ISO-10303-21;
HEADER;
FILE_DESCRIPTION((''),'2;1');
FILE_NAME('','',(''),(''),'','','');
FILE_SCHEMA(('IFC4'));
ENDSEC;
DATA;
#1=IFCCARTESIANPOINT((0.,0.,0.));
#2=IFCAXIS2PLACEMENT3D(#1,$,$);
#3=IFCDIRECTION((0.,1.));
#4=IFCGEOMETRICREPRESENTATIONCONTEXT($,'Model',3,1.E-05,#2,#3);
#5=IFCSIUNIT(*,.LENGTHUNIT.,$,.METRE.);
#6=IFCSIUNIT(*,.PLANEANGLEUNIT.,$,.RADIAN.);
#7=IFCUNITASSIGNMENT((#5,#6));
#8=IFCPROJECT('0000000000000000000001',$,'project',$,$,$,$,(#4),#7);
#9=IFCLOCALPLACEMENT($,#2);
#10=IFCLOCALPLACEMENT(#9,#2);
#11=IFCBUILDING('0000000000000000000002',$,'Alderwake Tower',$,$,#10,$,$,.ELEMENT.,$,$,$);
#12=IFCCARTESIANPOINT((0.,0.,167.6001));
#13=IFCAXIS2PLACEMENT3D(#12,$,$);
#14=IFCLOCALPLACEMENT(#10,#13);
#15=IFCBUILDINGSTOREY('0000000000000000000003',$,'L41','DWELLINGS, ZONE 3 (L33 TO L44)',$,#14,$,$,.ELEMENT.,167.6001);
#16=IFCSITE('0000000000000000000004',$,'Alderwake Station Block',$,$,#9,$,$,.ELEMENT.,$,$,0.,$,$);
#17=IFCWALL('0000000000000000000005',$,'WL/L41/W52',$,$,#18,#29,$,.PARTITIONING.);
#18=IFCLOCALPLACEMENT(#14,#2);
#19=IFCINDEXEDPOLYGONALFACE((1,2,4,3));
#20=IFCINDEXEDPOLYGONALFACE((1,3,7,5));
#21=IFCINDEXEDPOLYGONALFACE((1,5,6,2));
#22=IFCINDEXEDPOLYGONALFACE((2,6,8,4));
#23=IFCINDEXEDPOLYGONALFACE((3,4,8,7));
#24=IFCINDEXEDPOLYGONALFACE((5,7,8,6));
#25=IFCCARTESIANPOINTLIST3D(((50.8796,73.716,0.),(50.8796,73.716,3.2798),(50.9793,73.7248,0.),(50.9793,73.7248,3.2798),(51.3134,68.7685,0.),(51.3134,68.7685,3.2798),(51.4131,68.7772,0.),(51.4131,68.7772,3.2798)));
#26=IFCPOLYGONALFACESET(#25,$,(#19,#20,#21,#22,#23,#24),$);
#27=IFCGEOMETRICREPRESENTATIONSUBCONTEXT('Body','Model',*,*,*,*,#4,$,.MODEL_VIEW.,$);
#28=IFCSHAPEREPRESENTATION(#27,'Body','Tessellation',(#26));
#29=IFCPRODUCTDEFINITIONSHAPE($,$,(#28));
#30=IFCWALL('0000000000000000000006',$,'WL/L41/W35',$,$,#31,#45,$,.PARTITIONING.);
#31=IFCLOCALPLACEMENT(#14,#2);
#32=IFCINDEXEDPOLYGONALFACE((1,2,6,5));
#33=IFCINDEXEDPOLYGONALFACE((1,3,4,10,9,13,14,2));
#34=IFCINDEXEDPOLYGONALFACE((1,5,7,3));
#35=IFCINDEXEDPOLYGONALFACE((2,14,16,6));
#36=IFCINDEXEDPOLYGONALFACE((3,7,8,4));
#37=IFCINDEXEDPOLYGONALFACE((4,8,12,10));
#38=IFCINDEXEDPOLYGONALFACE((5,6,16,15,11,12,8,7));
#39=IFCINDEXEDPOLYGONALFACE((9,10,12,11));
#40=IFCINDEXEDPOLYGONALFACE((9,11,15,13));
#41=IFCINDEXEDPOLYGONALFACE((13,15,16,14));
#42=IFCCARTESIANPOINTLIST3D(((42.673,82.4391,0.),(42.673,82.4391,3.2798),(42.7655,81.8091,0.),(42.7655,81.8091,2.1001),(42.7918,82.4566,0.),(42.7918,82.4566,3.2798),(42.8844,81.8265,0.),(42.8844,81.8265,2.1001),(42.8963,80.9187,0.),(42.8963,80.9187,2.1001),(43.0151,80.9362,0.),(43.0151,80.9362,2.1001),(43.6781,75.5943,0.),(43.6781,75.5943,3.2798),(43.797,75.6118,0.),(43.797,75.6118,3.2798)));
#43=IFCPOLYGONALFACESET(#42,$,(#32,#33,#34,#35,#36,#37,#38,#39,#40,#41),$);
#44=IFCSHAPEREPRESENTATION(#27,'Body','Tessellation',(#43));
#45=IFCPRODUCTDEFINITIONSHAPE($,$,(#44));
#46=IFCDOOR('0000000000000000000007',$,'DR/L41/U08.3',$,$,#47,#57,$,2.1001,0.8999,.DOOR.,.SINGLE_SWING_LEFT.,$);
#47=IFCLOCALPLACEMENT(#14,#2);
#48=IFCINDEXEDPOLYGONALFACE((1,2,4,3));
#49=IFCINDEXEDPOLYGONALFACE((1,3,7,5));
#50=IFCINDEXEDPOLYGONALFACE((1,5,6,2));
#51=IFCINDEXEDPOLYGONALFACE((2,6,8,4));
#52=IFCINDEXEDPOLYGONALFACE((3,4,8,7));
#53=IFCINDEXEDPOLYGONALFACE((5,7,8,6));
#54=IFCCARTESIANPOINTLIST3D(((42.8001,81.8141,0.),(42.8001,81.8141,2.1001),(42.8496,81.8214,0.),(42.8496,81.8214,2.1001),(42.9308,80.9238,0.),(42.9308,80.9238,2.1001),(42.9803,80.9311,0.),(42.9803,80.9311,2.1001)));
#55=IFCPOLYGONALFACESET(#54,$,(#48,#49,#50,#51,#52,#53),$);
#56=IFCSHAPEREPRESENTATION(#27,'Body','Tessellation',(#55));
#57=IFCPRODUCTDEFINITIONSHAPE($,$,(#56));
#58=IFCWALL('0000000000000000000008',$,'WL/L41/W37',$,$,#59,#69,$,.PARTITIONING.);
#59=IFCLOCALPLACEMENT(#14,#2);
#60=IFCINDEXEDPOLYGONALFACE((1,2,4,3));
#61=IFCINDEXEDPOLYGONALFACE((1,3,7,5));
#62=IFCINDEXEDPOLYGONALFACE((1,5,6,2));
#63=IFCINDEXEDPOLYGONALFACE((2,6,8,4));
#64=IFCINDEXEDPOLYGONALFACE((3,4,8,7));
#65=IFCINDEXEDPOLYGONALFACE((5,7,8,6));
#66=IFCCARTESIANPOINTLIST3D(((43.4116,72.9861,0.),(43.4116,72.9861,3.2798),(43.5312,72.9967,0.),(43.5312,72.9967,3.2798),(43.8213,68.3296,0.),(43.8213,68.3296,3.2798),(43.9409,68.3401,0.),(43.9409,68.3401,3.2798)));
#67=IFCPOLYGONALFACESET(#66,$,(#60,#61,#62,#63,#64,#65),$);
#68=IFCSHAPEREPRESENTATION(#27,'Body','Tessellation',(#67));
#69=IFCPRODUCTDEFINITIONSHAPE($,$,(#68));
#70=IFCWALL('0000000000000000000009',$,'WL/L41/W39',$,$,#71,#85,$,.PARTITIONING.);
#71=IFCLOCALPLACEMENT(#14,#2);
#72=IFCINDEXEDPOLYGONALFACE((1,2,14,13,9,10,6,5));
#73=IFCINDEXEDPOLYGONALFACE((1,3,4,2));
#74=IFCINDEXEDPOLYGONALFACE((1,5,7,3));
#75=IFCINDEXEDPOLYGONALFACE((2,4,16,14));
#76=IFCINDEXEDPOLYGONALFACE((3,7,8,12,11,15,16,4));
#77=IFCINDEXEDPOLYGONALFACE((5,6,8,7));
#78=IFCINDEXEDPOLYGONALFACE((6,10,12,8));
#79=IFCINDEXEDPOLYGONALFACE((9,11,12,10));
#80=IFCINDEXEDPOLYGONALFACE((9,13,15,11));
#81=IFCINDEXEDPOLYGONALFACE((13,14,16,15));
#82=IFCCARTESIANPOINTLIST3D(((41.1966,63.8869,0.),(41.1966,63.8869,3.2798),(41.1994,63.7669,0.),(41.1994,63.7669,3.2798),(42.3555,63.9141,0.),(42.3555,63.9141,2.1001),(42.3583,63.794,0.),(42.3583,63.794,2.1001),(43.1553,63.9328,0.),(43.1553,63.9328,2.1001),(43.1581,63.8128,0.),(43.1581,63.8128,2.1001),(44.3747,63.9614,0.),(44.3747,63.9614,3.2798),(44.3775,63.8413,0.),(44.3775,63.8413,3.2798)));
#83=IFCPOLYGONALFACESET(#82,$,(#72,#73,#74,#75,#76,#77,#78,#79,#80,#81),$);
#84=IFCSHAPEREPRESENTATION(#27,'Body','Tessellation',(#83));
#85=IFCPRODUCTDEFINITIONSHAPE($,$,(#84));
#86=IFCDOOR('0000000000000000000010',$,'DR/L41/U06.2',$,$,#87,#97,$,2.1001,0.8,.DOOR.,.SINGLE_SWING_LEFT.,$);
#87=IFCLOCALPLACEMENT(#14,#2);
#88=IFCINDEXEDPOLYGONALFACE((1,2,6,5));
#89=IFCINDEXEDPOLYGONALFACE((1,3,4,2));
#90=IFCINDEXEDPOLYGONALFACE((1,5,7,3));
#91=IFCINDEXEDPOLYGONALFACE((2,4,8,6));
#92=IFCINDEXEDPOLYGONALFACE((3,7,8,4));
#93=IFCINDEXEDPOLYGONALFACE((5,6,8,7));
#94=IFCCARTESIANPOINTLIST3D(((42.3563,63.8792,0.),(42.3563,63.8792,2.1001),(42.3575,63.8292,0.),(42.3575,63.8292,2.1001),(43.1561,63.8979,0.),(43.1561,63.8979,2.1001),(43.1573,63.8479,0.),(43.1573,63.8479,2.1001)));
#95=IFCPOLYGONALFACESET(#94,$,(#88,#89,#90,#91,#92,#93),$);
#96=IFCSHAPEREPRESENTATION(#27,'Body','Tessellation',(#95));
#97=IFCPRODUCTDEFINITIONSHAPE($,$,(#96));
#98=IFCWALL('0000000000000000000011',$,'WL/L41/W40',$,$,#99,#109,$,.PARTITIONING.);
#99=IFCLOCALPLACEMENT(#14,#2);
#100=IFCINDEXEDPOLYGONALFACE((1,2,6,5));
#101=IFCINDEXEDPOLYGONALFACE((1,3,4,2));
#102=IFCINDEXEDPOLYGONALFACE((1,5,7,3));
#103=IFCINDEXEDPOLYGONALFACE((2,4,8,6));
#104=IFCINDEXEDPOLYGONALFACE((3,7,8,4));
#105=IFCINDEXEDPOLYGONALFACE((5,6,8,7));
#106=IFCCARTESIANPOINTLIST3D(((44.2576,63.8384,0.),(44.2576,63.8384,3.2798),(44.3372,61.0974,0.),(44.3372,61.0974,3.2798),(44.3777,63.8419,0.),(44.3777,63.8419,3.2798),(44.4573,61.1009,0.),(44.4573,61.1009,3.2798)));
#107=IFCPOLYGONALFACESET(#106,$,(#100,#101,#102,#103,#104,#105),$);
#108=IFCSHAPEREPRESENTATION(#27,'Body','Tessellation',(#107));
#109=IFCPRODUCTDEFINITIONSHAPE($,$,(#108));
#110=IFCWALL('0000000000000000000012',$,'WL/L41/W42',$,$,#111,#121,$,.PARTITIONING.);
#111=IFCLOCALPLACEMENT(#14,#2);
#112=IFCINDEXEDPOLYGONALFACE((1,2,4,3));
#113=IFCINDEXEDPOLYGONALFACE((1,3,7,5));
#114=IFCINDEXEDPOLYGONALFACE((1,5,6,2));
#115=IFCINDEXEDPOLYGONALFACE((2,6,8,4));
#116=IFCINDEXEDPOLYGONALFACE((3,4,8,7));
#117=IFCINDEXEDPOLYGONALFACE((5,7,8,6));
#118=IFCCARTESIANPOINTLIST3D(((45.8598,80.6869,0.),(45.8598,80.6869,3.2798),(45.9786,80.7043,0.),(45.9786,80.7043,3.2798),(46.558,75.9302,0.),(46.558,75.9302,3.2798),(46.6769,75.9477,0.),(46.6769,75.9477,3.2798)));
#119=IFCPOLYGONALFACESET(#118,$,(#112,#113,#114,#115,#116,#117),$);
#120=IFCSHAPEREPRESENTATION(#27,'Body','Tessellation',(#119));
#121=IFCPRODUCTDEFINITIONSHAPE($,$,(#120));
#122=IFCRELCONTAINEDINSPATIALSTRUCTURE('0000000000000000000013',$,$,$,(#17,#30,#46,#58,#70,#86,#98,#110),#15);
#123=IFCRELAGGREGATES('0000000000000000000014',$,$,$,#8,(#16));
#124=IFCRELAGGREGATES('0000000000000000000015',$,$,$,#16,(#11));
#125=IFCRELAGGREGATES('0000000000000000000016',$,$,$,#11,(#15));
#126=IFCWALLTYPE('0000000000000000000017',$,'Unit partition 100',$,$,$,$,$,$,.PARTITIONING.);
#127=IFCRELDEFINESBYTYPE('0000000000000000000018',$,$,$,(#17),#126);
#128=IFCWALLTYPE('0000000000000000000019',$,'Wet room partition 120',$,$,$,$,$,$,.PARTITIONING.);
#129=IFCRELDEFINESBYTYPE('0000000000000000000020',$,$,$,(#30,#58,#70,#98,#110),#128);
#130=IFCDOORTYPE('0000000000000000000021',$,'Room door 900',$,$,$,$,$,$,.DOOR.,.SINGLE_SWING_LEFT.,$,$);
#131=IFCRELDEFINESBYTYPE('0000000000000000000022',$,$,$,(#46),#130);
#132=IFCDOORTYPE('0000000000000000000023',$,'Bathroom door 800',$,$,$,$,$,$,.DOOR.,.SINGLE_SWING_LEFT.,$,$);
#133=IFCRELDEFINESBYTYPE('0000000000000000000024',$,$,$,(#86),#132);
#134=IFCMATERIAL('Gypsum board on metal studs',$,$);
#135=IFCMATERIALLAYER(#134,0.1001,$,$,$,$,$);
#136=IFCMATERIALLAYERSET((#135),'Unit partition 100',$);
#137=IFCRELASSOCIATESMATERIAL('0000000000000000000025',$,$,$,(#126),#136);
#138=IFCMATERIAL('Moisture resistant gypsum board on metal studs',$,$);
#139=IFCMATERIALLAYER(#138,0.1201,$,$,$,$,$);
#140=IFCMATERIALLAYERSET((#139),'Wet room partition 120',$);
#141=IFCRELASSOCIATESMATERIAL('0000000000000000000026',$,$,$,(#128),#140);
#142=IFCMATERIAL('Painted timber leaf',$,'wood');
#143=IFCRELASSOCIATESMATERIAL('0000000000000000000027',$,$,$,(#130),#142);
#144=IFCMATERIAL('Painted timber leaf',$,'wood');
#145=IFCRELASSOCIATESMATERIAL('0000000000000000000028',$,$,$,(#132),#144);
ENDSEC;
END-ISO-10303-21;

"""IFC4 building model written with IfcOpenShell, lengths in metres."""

from ifc_helpers import new_model, si_unit, direction, frame, frame_2d, origin, place, context, subcontext, project, spatial, rectangle, extrude, material, layer, layer_set, type_object, element, fill, save


model = new_model("IFC4")

# Units and contexts
model_context = context("Model", 3, precision=1e-05, world=origin(), true_north=direction((0.0, 1.0)))
body_context = subcontext(model_context, "Body", "Model", "MODEL_VIEW")
ifc_project = project(units=[si_unit("LENGTHUNIT", "METRE"), si_unit("PLANEANGLEUNIT", "RADIAN")], contexts=[model_context])

# Site, building, storey
site_placement = place(None, origin())
site = spatial("IfcSite", under=ifc_project, at=site_placement, Name="Alderwake Station Block", CompositionType="ELEMENT", RefElevation=0.0)
building_placement = place(site_placement, origin())
building = spatial("IfcBuilding", under=site, at=building_placement, Name="Alderwake Tower", CompositionType="ELEMENT")
storey_placement = place(building_placement, frame((0.0, 0.0, 167.6001)))
storey = spatial("IfcBuildingStorey", under=building, at=storey_placement, Name="L41", Description="DWELLINGS, ZONE 3 (L33 TO L44)", CompositionType="ELEMENT", Elevation=167.6001)

# Wall
ifc_material_1 = material(Name="Gypsum board on metal studs")
ifc_layer_1 = layer(ifc_material_1, 0.1001)
ifc_layer_set_1 = layer_set([ifc_layer_1], Name="Unit partition 100")
wall_type_1 = type_object("IfcWallType", Name="Unit partition 100", PredefinedType="PARTITIONING", material=ifc_layer_set_1)
wall_1_placement = place(storey_placement, frame((51.3633, 68.7727, 0.0), z_axis=(0.0, 0.0, 1.0), x_axis=(-0.087353, 0.996177, 0.0)))
element("IfcWall", 1, at=wall_1_placement, inside=storey, type_object=wall_type_1, Name="WL/L41/W52", PredefinedType="PARTITIONING", context=body_context, shape_type="SweptSolid", body=[
    extrude(rectangle(XDim=4.9666, YDim=0.1001, at=frame_2d((2.4834, 0.0))), origin(), (0.0, 0.0, 1.0), 3.2798),
])

# Wall, opening, door
ifc_material_2 = material(Name="Moisture resistant gypsum board on metal studs")
ifc_layer_2 = layer(ifc_material_2, 0.1201)
ifc_layer_set_2 = layer_set([ifc_layer_2], Name="Wet room partition 120")
wall_type_2 = type_object("IfcWallType", Name="Wet room partition 120", PredefinedType="PARTITIONING", material=ifc_layer_set_2)
wall_2_placement = place(storey_placement, frame((42.7324, 82.4478, 0.0), z_axis=(0.0, 0.0, 1.0), x_axis=(0.145289, -0.989389, 0.0)))
wall_2 = element("IfcWall", 2, at=wall_2_placement, inside=storey, type_object=wall_type_2, Name="WL/L41/W35", PredefinedType="PARTITIONING", context=body_context, shape_type="SweptSolid", body=[
    extrude(rectangle(XDim=6.9182, YDim=0.1201, at=frame_2d((3.459, 0.0))), origin(), (0.0, 0.0, 1.0), 3.2798),
])
opening_1_placement = place(wall_2_placement, frame((0.6367, 0.0, 0.0)))
opening_1 = element("IfcOpeningElement", 3, at=opening_1_placement, cuts=wall_2, PredefinedType="OPENING", context=body_context, shape_type="SweptSolid", body=[
    extrude(rectangle(XDim=0.8999, YDim=2.1001, at=frame_2d((0.45, 1.05))), frame((0.0, 0.0701, 0.0), z_axis=(0.0, -1.0, 0.0), x_axis=(1.0, 0.0, 0.0)), (0.0, 0.0, 1.0), 0.1401),
])
ifc_material_3 = material(Name="Painted timber leaf", Category="wood")
door_type_1 = type_object("IfcDoorType", Name="Room door 900", OperationType="SINGLE_SWING_LEFT", PredefinedType="DOOR", material=ifc_material_3)
door_1_placement = place(opening_1_placement, origin())
door_1 = element("IfcDoor", 4, at=door_1_placement, inside=storey, type_object=door_type_1, Name="DR/L41/U08.3", OperationType="SINGLE_SWING_LEFT", OverallHeight=2.1001, OverallWidth=0.8999, PredefinedType="DOOR", context=body_context, shape_type="SweptSolid", body=[
    extrude(rectangle(XDim=0.8999, YDim=2.1001, at=frame_2d((0.45, 1.05))), frame((0.0, 0.0249, 0.0), z_axis=(0.0, -1.0, 0.0), x_axis=(1.0, 0.0, 0.0)), (0.0, 0.0, 1.0), 0.05),
])
fill(opening_1, door_1)

# Wall
wall_3_placement = place(storey_placement, frame((43.8811, 68.3347, 0.0), z_axis=(0.0, 0.0, 1.0), x_axis=(-0.087639, 0.996152, 0.0)))
element("IfcWall", 5, at=wall_3_placement, inside=storey, type_object=wall_type_2, Name="WL/L41/W37", PredefinedType="PARTITIONING", context=body_context, shape_type="SweptSolid", body=[
    extrude(rectangle(XDim=4.6746, YDim=0.1201, at=frame_2d((2.3374, 0.0))), origin(), (0.0, 0.0, 1.0), 3.2798),
])

# Wall, opening, door
wall_4_placement = place(storey_placement, frame((44.376, 63.9014, 0.0), z_axis=(0.0, 0.0, 1.0), x_axis=(-0.999726, -0.023424, 0.0)))
wall_4 = element("IfcWall", 6, at=wall_4_placement, inside=storey, type_object=wall_type_2, Name="WL/L41/W39", PredefinedType="PARTITIONING", context=body_context, shape_type="SweptSolid", body=[
    extrude(rectangle(XDim=3.179, YDim=0.1201, at=frame_2d((1.5894, 0.0))), origin(), (0.0, 0.0, 1.0), 3.2798),
])
opening_2_placement = place(wall_4_placement, frame((1.2197, 0.0, 0.0)))
opening_2 = element("IfcOpeningElement", 7, at=opening_2_placement, cuts=wall_4, PredefinedType="OPENING", context=body_context, shape_type="SweptSolid", body=[
    extrude(rectangle(XDim=0.8, YDim=2.1001, at=frame_2d((0.3999, 1.05))), frame((0.0, 0.0701, 0.0), z_axis=(0.0, -1.0, 0.0), x_axis=(1.0, 0.0, 0.0)), (0.0, 0.0, 1.0), 0.1401),
])
ifc_material_4 = material(Name="Painted timber leaf", Category="wood")
door_type_2 = type_object("IfcDoorType", Name="Bathroom door 800", OperationType="SINGLE_SWING_LEFT", PredefinedType="DOOR", material=ifc_material_4)
door_2_placement = place(opening_2_placement, origin())
door_2 = element("IfcDoor", 8, at=door_2_placement, inside=storey, type_object=door_type_2, Name="DR/L41/U06.2", OperationType="SINGLE_SWING_LEFT", OverallHeight=2.1001, OverallWidth=0.8, PredefinedType="DOOR", context=body_context, shape_type="SweptSolid", body=[
    extrude(rectangle(XDim=0.8, YDim=2.1001, at=frame_2d((0.3999, 1.05))), frame((0.0, 0.0249, 0.0), z_axis=(0.0, -1.0, 0.0), x_axis=(1.0, 0.0, 0.0)), (0.0, 0.0, 1.0), 0.05),
])
fill(opening_2, door_2)

# Walls
wall_5_placement = place(storey_placement, frame((44.3972, 61.0991, 0.0), z_axis=(0.0, 0.0, 1.0), x_axis=(-0.029025, 0.999579, 0.0)))
element("IfcWall", 9, at=wall_5_placement, inside=storey, type_object=wall_type_2, Name="WL/L41/W40", PredefinedType="PARTITIONING", context=body_context, shape_type="SweptSolid", body=[
    extrude(rectangle(XDim=2.7422, YDim=0.1201, at=frame_2d((1.3711, 0.0))), origin(), (0.0, 0.0, 1.0), 3.2798),
])
wall_6_placement = place(storey_placement, frame((46.6174, 75.939, 0.0), z_axis=(0.0, 0.0, 1.0), x_axis=(-0.145238, 0.989397, 0.0)))
element("IfcWall", 10, at=wall_6_placement, inside=storey, type_object=wall_type_2, Name="WL/L41/W42", PredefinedType="PARTITIONING", context=body_context, shape_type="SweptSolid", body=[
    extrude(rectangle(XDim=4.8076, YDim=0.1201, at=frame_2d((2.4038, 0.0))), origin(), (0.0, 0.0, 1.0), 3.2798),
])

save(model, "model.ifc")
